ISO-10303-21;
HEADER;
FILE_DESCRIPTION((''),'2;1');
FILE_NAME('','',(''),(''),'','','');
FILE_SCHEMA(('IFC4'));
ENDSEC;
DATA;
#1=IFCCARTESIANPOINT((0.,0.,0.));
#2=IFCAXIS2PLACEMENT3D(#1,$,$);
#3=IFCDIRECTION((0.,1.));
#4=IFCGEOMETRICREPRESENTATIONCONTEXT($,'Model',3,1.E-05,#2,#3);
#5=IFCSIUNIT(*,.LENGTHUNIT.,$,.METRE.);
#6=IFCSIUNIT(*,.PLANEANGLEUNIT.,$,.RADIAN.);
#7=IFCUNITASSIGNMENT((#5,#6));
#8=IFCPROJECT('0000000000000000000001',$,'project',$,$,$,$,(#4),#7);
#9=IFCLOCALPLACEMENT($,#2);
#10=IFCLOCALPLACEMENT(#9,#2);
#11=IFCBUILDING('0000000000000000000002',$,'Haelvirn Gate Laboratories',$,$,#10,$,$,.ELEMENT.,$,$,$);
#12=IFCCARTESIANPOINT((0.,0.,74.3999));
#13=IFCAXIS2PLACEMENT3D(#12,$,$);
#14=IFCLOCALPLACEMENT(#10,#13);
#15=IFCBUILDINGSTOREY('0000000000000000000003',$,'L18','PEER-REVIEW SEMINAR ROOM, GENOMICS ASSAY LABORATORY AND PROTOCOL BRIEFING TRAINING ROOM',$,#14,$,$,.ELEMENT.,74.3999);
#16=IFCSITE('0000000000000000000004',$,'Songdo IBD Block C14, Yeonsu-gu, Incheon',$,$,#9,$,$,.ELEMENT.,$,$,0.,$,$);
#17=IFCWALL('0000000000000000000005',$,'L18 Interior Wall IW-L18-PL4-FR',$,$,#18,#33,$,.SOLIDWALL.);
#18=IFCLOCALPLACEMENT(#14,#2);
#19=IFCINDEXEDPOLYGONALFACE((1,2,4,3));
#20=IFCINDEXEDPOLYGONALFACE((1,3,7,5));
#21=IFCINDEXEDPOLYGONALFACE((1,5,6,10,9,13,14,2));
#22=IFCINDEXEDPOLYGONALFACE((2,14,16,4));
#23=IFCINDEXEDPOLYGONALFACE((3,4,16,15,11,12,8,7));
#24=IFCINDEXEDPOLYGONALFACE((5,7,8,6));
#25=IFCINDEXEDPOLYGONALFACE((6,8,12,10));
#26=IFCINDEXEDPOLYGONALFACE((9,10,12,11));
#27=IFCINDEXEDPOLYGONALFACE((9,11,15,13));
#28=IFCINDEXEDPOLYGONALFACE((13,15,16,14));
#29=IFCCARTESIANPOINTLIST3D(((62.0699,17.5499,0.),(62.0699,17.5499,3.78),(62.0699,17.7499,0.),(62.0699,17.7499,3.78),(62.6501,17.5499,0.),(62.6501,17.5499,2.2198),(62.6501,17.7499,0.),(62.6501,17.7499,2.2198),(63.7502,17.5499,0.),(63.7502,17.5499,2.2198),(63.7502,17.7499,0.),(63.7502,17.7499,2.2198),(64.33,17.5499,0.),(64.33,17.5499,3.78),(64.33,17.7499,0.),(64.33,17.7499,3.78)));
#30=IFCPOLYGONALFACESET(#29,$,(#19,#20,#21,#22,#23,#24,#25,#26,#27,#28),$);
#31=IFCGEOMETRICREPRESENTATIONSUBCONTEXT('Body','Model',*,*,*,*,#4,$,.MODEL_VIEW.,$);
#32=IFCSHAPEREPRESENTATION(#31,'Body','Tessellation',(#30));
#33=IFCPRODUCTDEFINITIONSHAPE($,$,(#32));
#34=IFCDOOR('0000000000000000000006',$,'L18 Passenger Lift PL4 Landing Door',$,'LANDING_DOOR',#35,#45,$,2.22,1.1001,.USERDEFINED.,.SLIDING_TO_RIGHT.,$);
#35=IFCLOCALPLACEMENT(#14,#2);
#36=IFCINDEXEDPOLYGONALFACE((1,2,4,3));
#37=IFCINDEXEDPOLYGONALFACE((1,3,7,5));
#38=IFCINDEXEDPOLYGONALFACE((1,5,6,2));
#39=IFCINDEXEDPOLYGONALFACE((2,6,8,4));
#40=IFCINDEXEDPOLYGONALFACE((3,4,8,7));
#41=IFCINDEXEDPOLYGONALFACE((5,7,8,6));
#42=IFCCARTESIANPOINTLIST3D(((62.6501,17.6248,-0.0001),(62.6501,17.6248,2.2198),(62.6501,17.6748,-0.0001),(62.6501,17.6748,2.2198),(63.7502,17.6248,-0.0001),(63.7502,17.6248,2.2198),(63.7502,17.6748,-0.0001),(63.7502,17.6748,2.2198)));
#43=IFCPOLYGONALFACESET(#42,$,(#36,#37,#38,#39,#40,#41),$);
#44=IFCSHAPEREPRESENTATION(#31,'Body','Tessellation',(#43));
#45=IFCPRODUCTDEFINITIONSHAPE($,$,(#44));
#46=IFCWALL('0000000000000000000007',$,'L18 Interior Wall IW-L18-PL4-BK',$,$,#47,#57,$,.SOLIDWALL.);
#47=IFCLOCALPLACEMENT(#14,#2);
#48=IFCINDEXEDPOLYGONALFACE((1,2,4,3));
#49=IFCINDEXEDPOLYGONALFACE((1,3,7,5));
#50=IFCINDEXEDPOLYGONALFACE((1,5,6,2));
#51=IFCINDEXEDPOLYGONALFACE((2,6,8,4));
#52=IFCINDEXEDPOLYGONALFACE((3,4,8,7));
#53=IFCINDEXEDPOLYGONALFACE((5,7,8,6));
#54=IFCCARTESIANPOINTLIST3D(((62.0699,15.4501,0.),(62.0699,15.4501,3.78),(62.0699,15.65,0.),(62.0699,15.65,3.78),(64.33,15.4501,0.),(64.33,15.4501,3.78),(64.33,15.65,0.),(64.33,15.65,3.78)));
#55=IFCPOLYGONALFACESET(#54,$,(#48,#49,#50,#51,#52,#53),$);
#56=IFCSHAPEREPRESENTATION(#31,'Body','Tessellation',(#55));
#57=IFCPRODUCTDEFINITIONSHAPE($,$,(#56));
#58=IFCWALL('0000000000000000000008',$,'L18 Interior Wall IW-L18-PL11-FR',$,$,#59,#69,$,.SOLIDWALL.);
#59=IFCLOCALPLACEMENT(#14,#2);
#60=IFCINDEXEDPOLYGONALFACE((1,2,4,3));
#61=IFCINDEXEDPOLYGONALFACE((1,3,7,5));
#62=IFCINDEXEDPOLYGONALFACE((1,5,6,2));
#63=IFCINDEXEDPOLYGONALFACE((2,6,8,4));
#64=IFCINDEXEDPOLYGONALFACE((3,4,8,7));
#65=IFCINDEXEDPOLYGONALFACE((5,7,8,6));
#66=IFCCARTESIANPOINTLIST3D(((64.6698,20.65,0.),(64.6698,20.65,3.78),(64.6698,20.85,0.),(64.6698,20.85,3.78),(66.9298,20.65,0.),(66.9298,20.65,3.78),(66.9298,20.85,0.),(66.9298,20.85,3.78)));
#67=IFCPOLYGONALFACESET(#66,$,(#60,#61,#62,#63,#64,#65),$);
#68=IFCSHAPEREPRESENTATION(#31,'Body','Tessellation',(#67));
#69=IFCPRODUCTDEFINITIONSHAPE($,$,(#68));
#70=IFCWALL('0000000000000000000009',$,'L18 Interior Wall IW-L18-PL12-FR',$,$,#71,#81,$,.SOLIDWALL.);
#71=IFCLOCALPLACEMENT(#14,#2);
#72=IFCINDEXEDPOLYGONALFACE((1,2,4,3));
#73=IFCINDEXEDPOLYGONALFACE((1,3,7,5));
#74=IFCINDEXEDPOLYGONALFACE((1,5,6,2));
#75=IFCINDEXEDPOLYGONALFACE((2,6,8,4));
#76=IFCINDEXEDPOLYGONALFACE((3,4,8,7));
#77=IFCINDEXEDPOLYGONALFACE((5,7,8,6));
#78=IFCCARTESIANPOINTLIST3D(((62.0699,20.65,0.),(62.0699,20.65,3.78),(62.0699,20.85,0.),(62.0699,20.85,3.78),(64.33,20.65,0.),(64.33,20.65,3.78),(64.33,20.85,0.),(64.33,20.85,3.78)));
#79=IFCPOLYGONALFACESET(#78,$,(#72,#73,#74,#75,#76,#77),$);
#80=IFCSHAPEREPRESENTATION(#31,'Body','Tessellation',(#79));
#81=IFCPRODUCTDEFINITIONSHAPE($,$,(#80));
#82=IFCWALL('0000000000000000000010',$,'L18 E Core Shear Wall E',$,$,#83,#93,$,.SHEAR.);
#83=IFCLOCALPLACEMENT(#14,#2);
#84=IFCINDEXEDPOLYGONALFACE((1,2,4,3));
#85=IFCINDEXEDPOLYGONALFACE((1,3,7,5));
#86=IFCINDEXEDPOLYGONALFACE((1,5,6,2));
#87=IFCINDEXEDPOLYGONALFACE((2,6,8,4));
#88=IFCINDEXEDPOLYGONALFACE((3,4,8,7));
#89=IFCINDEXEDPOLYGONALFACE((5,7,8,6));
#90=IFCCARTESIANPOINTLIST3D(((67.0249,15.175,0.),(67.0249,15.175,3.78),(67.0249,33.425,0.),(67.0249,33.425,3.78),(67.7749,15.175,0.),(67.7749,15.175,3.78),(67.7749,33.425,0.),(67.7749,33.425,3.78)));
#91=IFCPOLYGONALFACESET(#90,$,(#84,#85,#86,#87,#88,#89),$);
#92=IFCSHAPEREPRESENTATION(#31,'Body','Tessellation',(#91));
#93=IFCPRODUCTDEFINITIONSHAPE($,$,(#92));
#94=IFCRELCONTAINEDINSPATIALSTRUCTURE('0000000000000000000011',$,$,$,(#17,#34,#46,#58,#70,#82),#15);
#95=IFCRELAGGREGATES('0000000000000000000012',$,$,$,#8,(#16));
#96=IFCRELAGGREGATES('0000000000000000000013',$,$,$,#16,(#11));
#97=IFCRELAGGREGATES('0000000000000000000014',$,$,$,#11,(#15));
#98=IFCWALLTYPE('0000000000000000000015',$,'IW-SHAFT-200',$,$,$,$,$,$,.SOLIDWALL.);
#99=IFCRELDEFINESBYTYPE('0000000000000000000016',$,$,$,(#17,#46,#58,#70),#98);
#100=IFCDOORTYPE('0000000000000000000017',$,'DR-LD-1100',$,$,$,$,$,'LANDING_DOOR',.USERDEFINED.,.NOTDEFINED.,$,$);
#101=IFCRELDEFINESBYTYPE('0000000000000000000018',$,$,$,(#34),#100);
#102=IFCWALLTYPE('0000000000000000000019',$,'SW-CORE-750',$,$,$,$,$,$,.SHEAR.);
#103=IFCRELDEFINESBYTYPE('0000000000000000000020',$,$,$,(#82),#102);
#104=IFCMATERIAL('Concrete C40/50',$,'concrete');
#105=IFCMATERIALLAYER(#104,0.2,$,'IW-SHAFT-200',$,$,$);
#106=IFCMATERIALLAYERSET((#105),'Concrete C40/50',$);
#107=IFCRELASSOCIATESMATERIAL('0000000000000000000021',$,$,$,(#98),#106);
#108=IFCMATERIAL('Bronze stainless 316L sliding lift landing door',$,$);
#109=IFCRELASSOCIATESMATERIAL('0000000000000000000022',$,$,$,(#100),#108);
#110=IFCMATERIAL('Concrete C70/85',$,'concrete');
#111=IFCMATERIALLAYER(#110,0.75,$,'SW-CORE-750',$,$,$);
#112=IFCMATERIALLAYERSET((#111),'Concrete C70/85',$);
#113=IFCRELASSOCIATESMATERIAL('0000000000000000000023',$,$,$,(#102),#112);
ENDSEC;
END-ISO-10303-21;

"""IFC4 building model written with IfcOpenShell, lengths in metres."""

from ifc_helpers import new_model, si_unit, direction, frame, frame_2d, origin, place, context, subcontext, project, spatial, rectangle, extrude, source, transform, mapped, material, layer, layer_set, type_object, type_shapes, element, fill, save


model = new_model("IFC4")

# Units and contexts
model_context = context("Model", 3, precision=1e-05, world=origin(), true_north=direction((0.0, 1.0)))
body_context = subcontext(model_context, "Body", "Model", "MODEL_VIEW")
ifc_project = project(units=[si_unit("LENGTHUNIT", "METRE"), si_unit("PLANEANGLEUNIT", "RADIAN")], contexts=[model_context])

# Site, building, storey
site_placement = place(None, origin())
site = spatial("IfcSite", under=ifc_project, at=site_placement, Name="Songdo IBD Block C14, Yeonsu-gu, Incheon", CompositionType="ELEMENT", RefElevation=0.0)
building_placement = place(site_placement, origin())
building = spatial("IfcBuilding", under=site, at=building_placement, Name="Haelvirn Gate Laboratories", CompositionType="ELEMENT")
storey_placement = place(building_placement, frame((0.0, 0.0, 74.3999)))
storey = spatial("IfcBuildingStorey", under=building, at=storey_placement, Name="L18", Description="PEER-REVIEW SEMINAR ROOM, GENOMICS ASSAY LABORATORY AND PROTOCOL BRIEFING TRAINING ROOM", CompositionType="ELEMENT", Elevation=74.3999)

# Shared definitions
ifc_material_1 = material(Name="Concrete C70/85", Category="concrete")

# Shared definitions
ifc_material_2 = material(Name="Concrete C40/50", Category="concrete")

# Shared definitions
ifc_layer_1 = layer(ifc_material_2, 0.2, Name="IW-SHAFT-200")
ifc_layer_set_1 = layer_set([ifc_layer_1], Name="Concrete C40/50")
wall_type_1 = type_object("IfcWallType", Name="IW-SHAFT-200", PredefinedType="SOLIDWALL", material=ifc_layer_set_1)
ifc_material_3 = material(Name="Bronze stainless 316L sliding lift landing door")
door_type_1 = type_object("IfcDoorType", Name="DR-LD-1100", ElementType="LANDING_DOOR", OperationType="NOTDEFINED", PredefinedType="USERDEFINED", material=ifc_material_3)
shared_shape_1 = source(origin(), body_context, "Body", "SweptSolid", [
    extrude(rectangle(XDim=1.1001, YDim=2.22, at=frame_2d((0.55, 1.1099))), frame((0.0, 0.0249, 0.0), z_axis=(0.0, -1.0, 0.0), x_axis=(1.0, 0.0, 0.0)), (0.0, 0.0, 1.0), 0.05),
])
type_shapes(door_type_1, [shared_shape_1])

# Wall, opening, door
wall_1_placement = place(storey_placement, frame((62.0701, 17.6499, 0.0), z_axis=(0.0, 0.0, 1.0), x_axis=(1.0, 0.0, 0.0)))
wall_1 = element("IfcWall", 1, at=wall_1_placement, inside=storey, type_object=wall_type_1, Name="L18 Interior Wall IW-L18-PL4-FR", PredefinedType="SOLIDWALL", context=body_context, shape_type="SweptSolid", body=[
    extrude(rectangle(XDim=2.26, YDim=0.2, at=frame_2d((1.1299, 0.0))), origin(), (0.0, 0.0, 1.0), 3.78),
])
opening_1_placement = place(wall_1_placement, frame((0.5801, 0.0, 0.0)))
opening_1 = element("IfcOpeningElement", 2, at=opening_1_placement, cuts=wall_1, PredefinedType="OPENING", context=body_context, shape_type="SweptSolid", body=[
    extrude(rectangle(XDim=1.1001, YDim=2.22, at=frame_2d((0.55, 1.1099))), frame((0.0, 0.1099, 0.0), z_axis=(0.0, -1.0, 0.0), x_axis=(1.0, 0.0, 0.0)), (0.0, 0.0, 1.0), 0.22),
])
door_1_placement = place(opening_1_placement, origin())
door_1 = element("IfcDoor", 3, at=door_1_placement, inside=storey, type_object=door_type_1, Name="L18 Passenger Lift PL4 Landing Door", ObjectType="LANDING_DOOR", OperationType="SLIDING_TO_RIGHT", OverallHeight=2.22, OverallWidth=1.1001, PredefinedType="USERDEFINED", context=body_context, shape_type="MappedRepresentation", body=[
    mapped(shared_shape_1, transform((0.0, 0.0, 0.0), scale=1.0)),
])
fill(opening_1, door_1)

# Walls
for number, where, z_axis, x_axis, name in (
    (4, (62.0701, 15.55, 0.0), (0.0, 0.0, 1.0), (1.0, 0.0, 0.0), "L18 Interior Wall IW-L18-PL4-BK"),
    (5, (64.6699, 20.75, 0.0), (0.0, 0.0, 1.0), (1.0, 0.0, 0.0), "L18 Interior Wall IW-L18-PL11-FR"),
    (6, (62.0701, 20.75, 0.0), (0.0, 0.0, 1.0), (1.0, 0.0, 0.0), "L18 Interior Wall IW-L18-PL12-FR"),
):
    element("IfcWall", number, at=place(storey_placement, frame(where, z_axis=z_axis, x_axis=x_axis)), inside=storey, type_object=wall_type_1, Name=name, PredefinedType="SOLIDWALL", context=body_context, shape_type="SweptSolid", body=[
        extrude(rectangle(XDim=2.26, YDim=0.2, at=frame_2d((1.1299, 0.0))), origin(), (0.0, 0.0, 1.0), 3.78),
    ])
ifc_layer_2 = layer(ifc_material_1, 0.75, Name="SW-CORE-750")
ifc_layer_set_2 = layer_set([ifc_layer_2], Name="Concrete C70/85")
wall_type_2 = type_object("IfcWallType", Name="SW-CORE-750", PredefinedType="SHEAR", material=ifc_layer_set_2)
wall_2_placement = place(storey_placement, frame((67.3999, 15.175, 0.0), z_axis=(0.0, 0.0, 1.0), x_axis=(0.0, 1.0, 0.0)))
element("IfcWall", 7, at=wall_2_placement, inside=storey, type_object=wall_type_2, Name="L18 E Core Shear Wall E", PredefinedType="SHEAR", context=body_context, shape_type="SweptSolid", body=[
    extrude(rectangle(XDim=18.25, YDim=0.75, at=frame_2d((9.125, 0.0))), origin(), (0.0, 0.0, 1.0), 3.78),
])

save(model, "model.ifc")
